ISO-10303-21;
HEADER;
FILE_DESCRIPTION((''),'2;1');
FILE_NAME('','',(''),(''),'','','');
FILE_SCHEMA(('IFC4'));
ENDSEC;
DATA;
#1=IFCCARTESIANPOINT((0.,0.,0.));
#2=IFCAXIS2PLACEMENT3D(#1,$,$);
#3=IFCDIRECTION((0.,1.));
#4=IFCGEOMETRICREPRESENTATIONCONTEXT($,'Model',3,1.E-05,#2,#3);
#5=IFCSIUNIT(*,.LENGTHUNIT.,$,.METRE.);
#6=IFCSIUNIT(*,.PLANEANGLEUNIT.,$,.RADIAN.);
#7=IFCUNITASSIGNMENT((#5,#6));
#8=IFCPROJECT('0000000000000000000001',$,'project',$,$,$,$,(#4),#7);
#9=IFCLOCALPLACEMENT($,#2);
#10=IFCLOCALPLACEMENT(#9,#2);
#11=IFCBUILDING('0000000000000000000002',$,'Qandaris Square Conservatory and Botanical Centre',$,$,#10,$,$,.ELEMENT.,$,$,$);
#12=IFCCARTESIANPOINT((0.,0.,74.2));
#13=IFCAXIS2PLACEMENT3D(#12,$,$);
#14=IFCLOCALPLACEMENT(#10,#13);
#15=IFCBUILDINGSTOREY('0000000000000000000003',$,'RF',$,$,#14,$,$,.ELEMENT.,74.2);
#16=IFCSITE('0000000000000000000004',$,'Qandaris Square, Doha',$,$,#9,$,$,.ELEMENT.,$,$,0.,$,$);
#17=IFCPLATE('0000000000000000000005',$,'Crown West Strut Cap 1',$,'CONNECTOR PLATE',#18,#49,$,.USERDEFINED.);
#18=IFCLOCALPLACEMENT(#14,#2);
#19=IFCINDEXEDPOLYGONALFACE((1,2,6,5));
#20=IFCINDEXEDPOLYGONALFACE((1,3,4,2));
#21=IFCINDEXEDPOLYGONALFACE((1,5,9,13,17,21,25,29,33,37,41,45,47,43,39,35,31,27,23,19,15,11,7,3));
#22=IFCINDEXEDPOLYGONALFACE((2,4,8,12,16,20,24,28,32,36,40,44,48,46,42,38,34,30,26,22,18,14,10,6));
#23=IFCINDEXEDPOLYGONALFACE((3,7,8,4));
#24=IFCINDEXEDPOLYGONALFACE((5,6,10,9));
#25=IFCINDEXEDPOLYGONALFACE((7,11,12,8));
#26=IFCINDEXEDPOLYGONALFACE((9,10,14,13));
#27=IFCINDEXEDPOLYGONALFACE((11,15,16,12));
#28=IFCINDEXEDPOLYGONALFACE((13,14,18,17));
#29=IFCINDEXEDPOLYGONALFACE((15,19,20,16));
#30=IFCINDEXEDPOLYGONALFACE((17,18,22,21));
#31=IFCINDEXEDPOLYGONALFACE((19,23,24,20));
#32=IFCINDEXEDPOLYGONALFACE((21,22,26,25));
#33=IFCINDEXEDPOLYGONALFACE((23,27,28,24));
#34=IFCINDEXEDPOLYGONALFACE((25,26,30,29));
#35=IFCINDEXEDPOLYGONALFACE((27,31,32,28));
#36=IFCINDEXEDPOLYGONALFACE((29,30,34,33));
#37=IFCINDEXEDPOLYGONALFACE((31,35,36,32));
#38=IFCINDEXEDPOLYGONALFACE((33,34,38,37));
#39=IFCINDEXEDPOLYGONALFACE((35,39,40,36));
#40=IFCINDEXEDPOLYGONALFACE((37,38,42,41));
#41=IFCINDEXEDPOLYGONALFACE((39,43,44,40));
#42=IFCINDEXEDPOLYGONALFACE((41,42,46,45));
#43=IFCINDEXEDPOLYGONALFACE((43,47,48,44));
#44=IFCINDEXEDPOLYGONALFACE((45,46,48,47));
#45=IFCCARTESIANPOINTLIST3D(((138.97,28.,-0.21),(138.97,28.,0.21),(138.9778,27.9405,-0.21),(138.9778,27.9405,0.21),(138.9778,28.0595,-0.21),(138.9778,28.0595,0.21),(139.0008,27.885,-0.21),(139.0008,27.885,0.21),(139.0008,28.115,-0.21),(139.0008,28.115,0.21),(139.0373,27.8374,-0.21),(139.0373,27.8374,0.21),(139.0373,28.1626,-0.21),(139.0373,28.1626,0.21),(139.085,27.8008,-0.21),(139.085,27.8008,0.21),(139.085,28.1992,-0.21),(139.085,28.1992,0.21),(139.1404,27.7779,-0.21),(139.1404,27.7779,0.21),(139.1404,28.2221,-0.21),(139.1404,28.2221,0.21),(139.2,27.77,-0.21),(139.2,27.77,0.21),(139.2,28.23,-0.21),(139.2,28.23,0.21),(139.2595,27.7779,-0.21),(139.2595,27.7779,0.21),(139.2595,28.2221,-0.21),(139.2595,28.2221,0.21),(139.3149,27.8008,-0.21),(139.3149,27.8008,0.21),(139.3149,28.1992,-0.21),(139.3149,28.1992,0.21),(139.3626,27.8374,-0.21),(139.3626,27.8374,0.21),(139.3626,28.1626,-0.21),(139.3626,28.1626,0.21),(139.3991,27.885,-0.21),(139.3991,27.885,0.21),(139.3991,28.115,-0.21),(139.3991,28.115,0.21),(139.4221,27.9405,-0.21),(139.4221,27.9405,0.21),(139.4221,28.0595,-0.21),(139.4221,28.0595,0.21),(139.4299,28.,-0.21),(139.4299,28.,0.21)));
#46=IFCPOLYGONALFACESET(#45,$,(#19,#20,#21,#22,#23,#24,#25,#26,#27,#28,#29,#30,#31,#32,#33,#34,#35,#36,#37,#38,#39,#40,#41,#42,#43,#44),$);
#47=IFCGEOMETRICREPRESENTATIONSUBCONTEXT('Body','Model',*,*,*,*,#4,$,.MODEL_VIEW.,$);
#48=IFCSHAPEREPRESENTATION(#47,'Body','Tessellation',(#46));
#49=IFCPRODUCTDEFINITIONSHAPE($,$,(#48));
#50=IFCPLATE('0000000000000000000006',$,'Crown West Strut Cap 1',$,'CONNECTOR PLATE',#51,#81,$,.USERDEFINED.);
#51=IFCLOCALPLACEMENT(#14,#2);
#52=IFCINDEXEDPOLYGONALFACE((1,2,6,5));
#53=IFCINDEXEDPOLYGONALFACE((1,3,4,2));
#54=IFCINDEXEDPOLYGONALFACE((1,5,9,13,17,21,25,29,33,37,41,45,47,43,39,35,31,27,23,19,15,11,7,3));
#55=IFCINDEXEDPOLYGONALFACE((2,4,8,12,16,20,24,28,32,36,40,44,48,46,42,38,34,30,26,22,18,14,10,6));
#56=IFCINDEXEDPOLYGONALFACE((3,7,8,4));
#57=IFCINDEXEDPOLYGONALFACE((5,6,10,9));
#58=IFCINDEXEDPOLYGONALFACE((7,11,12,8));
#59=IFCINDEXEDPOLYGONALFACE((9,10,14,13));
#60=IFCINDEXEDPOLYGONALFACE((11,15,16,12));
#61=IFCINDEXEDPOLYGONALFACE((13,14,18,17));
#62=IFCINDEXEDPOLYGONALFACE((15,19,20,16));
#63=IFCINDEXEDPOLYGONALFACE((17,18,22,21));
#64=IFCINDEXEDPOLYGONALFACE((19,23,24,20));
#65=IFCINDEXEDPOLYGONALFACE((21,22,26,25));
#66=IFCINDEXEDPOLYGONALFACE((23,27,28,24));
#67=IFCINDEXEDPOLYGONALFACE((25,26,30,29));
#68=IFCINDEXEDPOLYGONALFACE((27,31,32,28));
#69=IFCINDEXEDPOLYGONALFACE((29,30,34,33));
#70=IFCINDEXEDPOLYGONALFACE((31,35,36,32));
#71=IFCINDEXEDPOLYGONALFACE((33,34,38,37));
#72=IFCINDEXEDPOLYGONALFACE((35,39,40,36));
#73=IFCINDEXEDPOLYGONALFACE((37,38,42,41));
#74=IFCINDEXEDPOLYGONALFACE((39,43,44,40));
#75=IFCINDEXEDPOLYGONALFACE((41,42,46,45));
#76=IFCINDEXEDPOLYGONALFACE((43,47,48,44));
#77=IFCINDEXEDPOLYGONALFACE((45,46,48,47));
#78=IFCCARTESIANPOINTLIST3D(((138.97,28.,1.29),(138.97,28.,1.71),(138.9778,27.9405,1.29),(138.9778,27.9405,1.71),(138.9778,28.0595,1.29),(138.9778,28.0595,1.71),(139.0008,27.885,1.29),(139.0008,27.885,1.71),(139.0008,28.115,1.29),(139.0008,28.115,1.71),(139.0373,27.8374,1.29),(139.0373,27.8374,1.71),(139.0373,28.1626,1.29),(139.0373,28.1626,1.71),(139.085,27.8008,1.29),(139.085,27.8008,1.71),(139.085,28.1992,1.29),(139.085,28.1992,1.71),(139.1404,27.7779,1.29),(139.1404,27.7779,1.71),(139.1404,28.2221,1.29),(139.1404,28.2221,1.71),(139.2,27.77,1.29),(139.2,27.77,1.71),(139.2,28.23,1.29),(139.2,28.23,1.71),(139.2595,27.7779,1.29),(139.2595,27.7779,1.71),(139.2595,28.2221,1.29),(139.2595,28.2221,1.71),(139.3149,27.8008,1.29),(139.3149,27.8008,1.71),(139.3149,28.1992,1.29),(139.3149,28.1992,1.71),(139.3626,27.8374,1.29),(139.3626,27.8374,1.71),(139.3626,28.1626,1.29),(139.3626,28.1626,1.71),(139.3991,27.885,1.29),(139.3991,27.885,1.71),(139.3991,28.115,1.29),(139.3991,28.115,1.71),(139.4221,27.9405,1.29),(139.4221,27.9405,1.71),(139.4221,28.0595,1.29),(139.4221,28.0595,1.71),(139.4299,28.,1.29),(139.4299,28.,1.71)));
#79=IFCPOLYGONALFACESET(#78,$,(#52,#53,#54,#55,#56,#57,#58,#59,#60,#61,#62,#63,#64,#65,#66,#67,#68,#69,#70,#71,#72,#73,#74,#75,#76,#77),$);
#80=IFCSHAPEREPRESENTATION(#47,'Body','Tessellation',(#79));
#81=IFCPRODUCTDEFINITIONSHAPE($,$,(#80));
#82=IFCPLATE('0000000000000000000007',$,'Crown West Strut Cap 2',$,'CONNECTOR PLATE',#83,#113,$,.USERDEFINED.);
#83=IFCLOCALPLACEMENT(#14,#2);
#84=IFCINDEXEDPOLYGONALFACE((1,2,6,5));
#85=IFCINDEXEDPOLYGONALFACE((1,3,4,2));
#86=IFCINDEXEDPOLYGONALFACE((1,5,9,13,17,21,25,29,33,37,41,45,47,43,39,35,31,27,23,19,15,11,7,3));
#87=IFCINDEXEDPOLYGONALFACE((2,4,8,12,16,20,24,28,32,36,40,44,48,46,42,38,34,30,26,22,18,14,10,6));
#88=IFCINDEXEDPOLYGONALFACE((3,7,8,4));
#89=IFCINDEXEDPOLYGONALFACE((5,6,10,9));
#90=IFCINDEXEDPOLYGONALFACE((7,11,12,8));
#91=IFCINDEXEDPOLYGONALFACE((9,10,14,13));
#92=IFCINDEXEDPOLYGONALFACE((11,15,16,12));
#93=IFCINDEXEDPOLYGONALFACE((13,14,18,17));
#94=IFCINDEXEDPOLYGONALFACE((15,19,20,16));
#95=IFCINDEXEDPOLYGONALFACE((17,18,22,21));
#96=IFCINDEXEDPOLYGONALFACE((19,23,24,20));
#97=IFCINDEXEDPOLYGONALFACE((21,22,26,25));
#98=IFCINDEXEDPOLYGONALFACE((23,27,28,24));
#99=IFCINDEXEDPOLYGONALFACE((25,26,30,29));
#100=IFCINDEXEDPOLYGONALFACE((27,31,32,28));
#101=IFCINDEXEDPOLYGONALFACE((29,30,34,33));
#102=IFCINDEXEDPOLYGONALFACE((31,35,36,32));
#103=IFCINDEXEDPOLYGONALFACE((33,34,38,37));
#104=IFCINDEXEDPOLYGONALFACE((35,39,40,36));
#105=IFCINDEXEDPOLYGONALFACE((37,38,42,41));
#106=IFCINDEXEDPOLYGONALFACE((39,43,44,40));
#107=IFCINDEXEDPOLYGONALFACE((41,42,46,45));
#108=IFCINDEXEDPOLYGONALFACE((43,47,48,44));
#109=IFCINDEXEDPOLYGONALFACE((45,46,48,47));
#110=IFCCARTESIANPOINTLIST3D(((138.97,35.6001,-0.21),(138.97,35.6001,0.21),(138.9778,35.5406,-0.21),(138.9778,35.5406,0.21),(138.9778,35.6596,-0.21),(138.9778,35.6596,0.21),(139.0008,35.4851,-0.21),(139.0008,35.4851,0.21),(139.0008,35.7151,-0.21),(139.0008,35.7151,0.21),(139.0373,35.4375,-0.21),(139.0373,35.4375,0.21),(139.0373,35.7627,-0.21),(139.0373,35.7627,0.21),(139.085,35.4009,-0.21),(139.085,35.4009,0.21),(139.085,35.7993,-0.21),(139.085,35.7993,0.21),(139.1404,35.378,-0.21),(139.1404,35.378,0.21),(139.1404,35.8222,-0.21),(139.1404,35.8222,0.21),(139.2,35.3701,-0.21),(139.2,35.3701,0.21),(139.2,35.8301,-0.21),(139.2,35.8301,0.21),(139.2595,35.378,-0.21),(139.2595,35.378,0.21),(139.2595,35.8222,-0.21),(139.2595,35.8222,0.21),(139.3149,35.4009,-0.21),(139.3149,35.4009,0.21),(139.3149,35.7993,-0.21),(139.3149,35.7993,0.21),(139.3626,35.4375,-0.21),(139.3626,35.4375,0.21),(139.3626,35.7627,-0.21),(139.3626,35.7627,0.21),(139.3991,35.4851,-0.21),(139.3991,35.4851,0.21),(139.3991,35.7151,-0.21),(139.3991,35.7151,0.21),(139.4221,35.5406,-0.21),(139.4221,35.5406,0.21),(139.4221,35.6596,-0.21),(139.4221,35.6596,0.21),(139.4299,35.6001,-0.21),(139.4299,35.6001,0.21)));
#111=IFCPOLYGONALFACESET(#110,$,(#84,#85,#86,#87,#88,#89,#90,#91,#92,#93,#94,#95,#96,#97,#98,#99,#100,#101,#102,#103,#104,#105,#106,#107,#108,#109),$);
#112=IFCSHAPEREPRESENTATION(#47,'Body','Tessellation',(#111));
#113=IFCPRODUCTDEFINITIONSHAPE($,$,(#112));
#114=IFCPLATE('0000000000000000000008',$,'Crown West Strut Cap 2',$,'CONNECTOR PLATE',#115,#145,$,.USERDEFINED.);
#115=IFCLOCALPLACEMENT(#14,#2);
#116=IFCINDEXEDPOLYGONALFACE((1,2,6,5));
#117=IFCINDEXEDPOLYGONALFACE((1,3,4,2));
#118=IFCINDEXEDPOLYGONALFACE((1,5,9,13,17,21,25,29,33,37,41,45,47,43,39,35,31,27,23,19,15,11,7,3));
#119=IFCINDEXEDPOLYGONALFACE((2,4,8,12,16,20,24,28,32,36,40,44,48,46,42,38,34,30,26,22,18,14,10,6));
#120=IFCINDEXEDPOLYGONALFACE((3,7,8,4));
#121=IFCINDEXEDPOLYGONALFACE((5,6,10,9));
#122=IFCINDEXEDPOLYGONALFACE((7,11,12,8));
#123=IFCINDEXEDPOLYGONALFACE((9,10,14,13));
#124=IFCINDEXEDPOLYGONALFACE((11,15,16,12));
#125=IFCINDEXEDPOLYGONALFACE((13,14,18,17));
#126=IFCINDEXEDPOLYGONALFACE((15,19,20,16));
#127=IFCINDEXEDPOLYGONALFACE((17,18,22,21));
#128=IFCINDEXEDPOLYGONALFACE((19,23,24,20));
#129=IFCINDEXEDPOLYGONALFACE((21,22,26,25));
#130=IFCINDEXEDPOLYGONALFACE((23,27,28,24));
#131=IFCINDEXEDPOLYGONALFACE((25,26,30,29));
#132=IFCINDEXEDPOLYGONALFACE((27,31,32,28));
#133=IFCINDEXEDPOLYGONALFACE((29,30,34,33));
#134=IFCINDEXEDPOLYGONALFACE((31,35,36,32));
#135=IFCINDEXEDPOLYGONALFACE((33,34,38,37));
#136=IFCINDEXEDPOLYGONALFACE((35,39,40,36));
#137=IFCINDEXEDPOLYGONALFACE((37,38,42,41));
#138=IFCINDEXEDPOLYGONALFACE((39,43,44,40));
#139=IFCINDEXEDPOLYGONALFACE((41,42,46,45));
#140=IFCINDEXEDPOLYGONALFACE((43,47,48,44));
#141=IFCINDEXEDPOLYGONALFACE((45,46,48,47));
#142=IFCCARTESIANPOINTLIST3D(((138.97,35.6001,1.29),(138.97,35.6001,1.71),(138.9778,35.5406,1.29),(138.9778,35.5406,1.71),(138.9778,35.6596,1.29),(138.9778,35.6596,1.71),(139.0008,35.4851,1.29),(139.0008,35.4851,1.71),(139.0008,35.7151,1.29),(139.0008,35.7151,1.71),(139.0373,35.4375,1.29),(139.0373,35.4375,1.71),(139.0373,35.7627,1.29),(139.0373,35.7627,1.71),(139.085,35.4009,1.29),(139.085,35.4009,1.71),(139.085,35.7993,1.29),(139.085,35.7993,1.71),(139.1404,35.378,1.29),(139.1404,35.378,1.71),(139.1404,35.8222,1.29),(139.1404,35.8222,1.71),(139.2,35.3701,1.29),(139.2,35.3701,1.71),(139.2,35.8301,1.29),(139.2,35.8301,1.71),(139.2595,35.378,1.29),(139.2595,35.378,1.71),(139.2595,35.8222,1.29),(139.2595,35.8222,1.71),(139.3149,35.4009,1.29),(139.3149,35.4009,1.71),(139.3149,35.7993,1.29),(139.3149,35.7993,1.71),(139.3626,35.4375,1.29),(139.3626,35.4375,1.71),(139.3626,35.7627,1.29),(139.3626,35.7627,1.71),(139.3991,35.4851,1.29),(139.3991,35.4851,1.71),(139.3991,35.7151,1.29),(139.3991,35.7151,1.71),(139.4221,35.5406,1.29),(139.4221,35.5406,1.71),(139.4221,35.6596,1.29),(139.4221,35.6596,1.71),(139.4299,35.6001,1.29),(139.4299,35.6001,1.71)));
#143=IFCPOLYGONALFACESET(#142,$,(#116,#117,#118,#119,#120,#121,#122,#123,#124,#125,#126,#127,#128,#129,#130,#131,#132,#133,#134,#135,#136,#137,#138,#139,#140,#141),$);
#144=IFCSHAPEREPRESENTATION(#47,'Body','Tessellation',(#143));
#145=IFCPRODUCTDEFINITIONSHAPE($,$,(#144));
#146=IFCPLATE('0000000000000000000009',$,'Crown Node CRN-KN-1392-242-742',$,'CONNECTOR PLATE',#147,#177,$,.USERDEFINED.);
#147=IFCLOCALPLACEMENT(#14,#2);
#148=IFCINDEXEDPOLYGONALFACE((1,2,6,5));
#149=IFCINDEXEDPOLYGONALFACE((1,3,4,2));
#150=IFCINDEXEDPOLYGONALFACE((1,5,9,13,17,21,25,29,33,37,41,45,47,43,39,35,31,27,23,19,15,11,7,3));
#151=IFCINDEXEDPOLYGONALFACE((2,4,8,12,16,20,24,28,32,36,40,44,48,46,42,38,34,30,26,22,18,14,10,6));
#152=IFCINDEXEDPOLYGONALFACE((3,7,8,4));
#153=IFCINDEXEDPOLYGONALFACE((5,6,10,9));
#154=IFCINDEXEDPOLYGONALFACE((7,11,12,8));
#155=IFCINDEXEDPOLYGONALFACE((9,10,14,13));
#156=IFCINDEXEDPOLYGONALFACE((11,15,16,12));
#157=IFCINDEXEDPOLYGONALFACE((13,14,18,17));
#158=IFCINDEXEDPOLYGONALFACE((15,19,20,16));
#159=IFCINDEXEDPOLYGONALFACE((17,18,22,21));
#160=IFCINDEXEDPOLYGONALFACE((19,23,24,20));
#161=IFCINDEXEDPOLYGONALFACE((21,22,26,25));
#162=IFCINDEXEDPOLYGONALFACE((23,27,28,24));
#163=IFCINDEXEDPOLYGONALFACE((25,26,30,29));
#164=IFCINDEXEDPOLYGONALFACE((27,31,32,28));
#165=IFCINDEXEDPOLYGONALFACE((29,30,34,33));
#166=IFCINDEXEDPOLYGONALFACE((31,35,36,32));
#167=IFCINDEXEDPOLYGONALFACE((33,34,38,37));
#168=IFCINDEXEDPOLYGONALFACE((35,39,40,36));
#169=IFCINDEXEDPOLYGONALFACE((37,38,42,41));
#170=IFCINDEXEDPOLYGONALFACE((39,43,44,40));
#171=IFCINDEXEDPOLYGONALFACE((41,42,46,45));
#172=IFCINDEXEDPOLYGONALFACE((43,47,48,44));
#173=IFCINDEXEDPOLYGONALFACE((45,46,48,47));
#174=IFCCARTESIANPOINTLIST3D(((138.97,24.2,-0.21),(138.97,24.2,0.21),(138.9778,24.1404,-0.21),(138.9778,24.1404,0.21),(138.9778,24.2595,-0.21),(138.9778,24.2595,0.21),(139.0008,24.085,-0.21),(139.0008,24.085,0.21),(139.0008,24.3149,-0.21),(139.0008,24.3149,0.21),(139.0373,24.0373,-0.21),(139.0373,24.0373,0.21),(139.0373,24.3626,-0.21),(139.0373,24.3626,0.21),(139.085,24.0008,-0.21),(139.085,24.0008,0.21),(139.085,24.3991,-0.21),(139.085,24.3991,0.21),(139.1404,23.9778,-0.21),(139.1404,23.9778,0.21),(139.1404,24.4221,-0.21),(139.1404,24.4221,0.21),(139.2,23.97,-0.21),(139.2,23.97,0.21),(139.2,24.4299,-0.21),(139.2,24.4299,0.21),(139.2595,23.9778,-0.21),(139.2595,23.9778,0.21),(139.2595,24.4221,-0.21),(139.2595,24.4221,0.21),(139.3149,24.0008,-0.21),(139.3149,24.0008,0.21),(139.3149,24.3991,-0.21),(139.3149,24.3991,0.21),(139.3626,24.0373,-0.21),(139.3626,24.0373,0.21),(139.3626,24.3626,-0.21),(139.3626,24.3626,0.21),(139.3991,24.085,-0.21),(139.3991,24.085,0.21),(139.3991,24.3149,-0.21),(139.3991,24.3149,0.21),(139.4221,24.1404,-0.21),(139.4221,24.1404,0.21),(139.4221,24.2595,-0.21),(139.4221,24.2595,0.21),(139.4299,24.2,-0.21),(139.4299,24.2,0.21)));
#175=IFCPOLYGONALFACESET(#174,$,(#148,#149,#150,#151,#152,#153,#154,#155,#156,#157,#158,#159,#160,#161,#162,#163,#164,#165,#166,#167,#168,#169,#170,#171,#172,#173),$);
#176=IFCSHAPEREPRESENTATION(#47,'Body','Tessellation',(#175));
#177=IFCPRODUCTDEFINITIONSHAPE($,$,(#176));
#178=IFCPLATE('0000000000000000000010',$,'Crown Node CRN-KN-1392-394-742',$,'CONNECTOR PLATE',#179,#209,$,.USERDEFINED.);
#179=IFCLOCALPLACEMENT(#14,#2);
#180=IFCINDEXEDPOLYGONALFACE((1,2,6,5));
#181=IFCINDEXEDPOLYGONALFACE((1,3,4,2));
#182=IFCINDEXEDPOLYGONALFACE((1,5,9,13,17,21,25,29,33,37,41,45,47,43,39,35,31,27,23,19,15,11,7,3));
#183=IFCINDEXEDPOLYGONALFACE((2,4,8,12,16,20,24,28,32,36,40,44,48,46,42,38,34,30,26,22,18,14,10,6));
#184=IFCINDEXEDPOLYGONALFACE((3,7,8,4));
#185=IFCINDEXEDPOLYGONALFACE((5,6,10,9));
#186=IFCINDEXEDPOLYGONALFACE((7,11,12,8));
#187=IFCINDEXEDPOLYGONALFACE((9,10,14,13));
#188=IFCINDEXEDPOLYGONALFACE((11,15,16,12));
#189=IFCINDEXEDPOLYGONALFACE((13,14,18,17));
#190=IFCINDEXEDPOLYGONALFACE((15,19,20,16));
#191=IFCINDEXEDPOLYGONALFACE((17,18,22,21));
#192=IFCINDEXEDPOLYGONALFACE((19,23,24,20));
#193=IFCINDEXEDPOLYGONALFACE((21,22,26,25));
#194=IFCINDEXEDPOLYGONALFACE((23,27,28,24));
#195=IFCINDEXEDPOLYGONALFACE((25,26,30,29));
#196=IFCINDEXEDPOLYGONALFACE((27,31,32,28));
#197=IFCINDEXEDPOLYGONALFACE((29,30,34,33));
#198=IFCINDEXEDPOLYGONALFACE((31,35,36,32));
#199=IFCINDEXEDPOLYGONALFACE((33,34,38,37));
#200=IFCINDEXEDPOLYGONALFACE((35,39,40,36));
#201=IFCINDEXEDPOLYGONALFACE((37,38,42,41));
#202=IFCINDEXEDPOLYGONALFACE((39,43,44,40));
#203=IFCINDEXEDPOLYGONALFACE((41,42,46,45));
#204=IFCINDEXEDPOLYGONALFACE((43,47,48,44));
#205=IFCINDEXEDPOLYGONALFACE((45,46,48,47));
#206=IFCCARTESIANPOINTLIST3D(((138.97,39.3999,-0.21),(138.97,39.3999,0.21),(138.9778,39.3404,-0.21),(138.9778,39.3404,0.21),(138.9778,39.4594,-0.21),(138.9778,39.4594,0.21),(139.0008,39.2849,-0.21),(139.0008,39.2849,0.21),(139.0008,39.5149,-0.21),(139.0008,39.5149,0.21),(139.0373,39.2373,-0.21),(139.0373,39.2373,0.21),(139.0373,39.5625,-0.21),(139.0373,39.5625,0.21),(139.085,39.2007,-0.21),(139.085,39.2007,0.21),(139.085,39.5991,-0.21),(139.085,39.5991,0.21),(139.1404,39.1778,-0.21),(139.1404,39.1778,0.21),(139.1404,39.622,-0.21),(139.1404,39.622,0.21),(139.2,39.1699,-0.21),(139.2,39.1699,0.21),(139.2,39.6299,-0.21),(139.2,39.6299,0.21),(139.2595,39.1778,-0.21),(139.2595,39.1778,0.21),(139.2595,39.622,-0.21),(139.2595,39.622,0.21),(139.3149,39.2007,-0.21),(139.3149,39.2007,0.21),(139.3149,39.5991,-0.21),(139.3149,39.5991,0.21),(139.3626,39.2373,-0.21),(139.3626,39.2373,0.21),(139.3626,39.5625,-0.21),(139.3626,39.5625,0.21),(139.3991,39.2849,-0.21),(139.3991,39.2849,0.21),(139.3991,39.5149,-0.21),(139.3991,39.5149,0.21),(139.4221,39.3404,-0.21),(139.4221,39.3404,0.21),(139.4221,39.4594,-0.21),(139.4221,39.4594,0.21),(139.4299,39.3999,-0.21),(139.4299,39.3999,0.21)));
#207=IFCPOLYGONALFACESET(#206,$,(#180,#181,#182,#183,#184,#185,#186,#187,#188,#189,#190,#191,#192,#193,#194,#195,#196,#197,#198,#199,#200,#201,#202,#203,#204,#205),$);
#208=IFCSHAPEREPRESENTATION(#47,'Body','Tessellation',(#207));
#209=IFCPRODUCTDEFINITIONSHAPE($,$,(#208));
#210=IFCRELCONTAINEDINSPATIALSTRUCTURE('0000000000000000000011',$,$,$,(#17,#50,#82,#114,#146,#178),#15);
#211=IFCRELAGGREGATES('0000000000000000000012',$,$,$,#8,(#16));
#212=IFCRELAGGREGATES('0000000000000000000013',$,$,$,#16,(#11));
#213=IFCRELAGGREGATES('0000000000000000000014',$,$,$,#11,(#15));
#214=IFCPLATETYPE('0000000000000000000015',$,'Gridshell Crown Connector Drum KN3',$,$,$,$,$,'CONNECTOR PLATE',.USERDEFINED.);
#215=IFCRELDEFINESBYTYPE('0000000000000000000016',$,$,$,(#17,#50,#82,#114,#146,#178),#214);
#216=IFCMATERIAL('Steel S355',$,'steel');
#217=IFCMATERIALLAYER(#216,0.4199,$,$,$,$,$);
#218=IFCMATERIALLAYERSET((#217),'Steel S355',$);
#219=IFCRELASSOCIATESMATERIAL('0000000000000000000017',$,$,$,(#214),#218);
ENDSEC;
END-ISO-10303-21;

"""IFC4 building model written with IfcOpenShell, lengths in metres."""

from ifc_helpers import new_model, si_unit, direction, frame, origin, origin_2d, place, context, subcontext, project, spatial, circle, extrude, material, layer, layer_set, type_object, element, save


model = new_model("IFC4")

# Units and contexts
model_context = context("Model", 3, precision=1e-05, world=origin(), true_north=direction((0.0, 1.0)))
body_context = subcontext(model_context, "Body", "Model", "MODEL_VIEW")
ifc_project = project(units=[si_unit("LENGTHUNIT", "METRE"), si_unit("PLANEANGLEUNIT", "RADIAN")], contexts=[model_context])

# Site, building, storey
site_placement = place(None, origin())
site = spatial("IfcSite", under=ifc_project, at=site_placement, Name="Qandaris Square, Doha", CompositionType="ELEMENT", RefElevation=0.0)
building_placement = place(site_placement, origin())
building = spatial("IfcBuilding", under=site, at=building_placement, Name="Qandaris Square Conservatory and Botanical Centre", CompositionType="ELEMENT")
storey_placement = place(building_placement, frame((0.0, 0.0, 74.2)))
storey = spatial("IfcBuildingStorey", under=building, at=storey_placement, Name="RF", CompositionType="ELEMENT", Elevation=74.2)

# Shared definitions
ifc_material_1 = material(Name="Steel S355", Category="steel")

# Plates
ifc_layer_1 = layer(ifc_material_1, 0.4199)
ifc_layer_set_1 = layer_set([ifc_layer_1], Name="Steel S355")
plate_type = type_object("IfcPlateType", Name="Gridshell Crown Connector Drum KN3", ElementType="CONNECTOR PLATE", PredefinedType="USERDEFINED", material=ifc_layer_set_1)
for number, where, z_axis, x_axis, name in (
    (1, (139.2, 28.0, -0.21), (0.0, 0.0, 1.0), (1.0, 0.0, 0.0), "Crown West Strut Cap 1"),
    (2, (139.2, 28.0, 1.29), (0.0, 0.0, 1.0), (1.0, 0.0, 0.0), "Crown West Strut Cap 1"),
    (3, (139.2, 35.6001, -0.21), (0.0, 0.0, 1.0), (1.0, 0.0, 0.0), "Crown West Strut Cap 2"),
    (4, (139.2, 35.6001, 1.29), (0.0, 0.0, 1.0), (1.0, 0.0, 0.0), "Crown West Strut Cap 2"),
    (5, (139.2, 24.2, -0.21), (0.0, 0.0, 1.0), (1.0, 0.0, 0.0), "Crown Node CRN-KN-1392-242-742"),
    (6, (139.2, 39.3999, -0.21), (0.0, 0.0, 1.0), (1.0, 0.0, 0.0), "Crown Node CRN-KN-1392-394-742"),
):
    element("IfcPlate", number, at=place(storey_placement, frame(where, z_axis=z_axis, x_axis=x_axis)), inside=storey, type_object=plate_type, Name=name, ObjectType="CONNECTOR PLATE", PredefinedType="USERDEFINED", context=body_context, shape_type="SweptSolid", body=[
        extrude(circle(Radius=0.23, at=origin_2d()), origin(), (0.0, 0.0, 1.0), 0.4199),
    ])

save(model, "model.ifc")
